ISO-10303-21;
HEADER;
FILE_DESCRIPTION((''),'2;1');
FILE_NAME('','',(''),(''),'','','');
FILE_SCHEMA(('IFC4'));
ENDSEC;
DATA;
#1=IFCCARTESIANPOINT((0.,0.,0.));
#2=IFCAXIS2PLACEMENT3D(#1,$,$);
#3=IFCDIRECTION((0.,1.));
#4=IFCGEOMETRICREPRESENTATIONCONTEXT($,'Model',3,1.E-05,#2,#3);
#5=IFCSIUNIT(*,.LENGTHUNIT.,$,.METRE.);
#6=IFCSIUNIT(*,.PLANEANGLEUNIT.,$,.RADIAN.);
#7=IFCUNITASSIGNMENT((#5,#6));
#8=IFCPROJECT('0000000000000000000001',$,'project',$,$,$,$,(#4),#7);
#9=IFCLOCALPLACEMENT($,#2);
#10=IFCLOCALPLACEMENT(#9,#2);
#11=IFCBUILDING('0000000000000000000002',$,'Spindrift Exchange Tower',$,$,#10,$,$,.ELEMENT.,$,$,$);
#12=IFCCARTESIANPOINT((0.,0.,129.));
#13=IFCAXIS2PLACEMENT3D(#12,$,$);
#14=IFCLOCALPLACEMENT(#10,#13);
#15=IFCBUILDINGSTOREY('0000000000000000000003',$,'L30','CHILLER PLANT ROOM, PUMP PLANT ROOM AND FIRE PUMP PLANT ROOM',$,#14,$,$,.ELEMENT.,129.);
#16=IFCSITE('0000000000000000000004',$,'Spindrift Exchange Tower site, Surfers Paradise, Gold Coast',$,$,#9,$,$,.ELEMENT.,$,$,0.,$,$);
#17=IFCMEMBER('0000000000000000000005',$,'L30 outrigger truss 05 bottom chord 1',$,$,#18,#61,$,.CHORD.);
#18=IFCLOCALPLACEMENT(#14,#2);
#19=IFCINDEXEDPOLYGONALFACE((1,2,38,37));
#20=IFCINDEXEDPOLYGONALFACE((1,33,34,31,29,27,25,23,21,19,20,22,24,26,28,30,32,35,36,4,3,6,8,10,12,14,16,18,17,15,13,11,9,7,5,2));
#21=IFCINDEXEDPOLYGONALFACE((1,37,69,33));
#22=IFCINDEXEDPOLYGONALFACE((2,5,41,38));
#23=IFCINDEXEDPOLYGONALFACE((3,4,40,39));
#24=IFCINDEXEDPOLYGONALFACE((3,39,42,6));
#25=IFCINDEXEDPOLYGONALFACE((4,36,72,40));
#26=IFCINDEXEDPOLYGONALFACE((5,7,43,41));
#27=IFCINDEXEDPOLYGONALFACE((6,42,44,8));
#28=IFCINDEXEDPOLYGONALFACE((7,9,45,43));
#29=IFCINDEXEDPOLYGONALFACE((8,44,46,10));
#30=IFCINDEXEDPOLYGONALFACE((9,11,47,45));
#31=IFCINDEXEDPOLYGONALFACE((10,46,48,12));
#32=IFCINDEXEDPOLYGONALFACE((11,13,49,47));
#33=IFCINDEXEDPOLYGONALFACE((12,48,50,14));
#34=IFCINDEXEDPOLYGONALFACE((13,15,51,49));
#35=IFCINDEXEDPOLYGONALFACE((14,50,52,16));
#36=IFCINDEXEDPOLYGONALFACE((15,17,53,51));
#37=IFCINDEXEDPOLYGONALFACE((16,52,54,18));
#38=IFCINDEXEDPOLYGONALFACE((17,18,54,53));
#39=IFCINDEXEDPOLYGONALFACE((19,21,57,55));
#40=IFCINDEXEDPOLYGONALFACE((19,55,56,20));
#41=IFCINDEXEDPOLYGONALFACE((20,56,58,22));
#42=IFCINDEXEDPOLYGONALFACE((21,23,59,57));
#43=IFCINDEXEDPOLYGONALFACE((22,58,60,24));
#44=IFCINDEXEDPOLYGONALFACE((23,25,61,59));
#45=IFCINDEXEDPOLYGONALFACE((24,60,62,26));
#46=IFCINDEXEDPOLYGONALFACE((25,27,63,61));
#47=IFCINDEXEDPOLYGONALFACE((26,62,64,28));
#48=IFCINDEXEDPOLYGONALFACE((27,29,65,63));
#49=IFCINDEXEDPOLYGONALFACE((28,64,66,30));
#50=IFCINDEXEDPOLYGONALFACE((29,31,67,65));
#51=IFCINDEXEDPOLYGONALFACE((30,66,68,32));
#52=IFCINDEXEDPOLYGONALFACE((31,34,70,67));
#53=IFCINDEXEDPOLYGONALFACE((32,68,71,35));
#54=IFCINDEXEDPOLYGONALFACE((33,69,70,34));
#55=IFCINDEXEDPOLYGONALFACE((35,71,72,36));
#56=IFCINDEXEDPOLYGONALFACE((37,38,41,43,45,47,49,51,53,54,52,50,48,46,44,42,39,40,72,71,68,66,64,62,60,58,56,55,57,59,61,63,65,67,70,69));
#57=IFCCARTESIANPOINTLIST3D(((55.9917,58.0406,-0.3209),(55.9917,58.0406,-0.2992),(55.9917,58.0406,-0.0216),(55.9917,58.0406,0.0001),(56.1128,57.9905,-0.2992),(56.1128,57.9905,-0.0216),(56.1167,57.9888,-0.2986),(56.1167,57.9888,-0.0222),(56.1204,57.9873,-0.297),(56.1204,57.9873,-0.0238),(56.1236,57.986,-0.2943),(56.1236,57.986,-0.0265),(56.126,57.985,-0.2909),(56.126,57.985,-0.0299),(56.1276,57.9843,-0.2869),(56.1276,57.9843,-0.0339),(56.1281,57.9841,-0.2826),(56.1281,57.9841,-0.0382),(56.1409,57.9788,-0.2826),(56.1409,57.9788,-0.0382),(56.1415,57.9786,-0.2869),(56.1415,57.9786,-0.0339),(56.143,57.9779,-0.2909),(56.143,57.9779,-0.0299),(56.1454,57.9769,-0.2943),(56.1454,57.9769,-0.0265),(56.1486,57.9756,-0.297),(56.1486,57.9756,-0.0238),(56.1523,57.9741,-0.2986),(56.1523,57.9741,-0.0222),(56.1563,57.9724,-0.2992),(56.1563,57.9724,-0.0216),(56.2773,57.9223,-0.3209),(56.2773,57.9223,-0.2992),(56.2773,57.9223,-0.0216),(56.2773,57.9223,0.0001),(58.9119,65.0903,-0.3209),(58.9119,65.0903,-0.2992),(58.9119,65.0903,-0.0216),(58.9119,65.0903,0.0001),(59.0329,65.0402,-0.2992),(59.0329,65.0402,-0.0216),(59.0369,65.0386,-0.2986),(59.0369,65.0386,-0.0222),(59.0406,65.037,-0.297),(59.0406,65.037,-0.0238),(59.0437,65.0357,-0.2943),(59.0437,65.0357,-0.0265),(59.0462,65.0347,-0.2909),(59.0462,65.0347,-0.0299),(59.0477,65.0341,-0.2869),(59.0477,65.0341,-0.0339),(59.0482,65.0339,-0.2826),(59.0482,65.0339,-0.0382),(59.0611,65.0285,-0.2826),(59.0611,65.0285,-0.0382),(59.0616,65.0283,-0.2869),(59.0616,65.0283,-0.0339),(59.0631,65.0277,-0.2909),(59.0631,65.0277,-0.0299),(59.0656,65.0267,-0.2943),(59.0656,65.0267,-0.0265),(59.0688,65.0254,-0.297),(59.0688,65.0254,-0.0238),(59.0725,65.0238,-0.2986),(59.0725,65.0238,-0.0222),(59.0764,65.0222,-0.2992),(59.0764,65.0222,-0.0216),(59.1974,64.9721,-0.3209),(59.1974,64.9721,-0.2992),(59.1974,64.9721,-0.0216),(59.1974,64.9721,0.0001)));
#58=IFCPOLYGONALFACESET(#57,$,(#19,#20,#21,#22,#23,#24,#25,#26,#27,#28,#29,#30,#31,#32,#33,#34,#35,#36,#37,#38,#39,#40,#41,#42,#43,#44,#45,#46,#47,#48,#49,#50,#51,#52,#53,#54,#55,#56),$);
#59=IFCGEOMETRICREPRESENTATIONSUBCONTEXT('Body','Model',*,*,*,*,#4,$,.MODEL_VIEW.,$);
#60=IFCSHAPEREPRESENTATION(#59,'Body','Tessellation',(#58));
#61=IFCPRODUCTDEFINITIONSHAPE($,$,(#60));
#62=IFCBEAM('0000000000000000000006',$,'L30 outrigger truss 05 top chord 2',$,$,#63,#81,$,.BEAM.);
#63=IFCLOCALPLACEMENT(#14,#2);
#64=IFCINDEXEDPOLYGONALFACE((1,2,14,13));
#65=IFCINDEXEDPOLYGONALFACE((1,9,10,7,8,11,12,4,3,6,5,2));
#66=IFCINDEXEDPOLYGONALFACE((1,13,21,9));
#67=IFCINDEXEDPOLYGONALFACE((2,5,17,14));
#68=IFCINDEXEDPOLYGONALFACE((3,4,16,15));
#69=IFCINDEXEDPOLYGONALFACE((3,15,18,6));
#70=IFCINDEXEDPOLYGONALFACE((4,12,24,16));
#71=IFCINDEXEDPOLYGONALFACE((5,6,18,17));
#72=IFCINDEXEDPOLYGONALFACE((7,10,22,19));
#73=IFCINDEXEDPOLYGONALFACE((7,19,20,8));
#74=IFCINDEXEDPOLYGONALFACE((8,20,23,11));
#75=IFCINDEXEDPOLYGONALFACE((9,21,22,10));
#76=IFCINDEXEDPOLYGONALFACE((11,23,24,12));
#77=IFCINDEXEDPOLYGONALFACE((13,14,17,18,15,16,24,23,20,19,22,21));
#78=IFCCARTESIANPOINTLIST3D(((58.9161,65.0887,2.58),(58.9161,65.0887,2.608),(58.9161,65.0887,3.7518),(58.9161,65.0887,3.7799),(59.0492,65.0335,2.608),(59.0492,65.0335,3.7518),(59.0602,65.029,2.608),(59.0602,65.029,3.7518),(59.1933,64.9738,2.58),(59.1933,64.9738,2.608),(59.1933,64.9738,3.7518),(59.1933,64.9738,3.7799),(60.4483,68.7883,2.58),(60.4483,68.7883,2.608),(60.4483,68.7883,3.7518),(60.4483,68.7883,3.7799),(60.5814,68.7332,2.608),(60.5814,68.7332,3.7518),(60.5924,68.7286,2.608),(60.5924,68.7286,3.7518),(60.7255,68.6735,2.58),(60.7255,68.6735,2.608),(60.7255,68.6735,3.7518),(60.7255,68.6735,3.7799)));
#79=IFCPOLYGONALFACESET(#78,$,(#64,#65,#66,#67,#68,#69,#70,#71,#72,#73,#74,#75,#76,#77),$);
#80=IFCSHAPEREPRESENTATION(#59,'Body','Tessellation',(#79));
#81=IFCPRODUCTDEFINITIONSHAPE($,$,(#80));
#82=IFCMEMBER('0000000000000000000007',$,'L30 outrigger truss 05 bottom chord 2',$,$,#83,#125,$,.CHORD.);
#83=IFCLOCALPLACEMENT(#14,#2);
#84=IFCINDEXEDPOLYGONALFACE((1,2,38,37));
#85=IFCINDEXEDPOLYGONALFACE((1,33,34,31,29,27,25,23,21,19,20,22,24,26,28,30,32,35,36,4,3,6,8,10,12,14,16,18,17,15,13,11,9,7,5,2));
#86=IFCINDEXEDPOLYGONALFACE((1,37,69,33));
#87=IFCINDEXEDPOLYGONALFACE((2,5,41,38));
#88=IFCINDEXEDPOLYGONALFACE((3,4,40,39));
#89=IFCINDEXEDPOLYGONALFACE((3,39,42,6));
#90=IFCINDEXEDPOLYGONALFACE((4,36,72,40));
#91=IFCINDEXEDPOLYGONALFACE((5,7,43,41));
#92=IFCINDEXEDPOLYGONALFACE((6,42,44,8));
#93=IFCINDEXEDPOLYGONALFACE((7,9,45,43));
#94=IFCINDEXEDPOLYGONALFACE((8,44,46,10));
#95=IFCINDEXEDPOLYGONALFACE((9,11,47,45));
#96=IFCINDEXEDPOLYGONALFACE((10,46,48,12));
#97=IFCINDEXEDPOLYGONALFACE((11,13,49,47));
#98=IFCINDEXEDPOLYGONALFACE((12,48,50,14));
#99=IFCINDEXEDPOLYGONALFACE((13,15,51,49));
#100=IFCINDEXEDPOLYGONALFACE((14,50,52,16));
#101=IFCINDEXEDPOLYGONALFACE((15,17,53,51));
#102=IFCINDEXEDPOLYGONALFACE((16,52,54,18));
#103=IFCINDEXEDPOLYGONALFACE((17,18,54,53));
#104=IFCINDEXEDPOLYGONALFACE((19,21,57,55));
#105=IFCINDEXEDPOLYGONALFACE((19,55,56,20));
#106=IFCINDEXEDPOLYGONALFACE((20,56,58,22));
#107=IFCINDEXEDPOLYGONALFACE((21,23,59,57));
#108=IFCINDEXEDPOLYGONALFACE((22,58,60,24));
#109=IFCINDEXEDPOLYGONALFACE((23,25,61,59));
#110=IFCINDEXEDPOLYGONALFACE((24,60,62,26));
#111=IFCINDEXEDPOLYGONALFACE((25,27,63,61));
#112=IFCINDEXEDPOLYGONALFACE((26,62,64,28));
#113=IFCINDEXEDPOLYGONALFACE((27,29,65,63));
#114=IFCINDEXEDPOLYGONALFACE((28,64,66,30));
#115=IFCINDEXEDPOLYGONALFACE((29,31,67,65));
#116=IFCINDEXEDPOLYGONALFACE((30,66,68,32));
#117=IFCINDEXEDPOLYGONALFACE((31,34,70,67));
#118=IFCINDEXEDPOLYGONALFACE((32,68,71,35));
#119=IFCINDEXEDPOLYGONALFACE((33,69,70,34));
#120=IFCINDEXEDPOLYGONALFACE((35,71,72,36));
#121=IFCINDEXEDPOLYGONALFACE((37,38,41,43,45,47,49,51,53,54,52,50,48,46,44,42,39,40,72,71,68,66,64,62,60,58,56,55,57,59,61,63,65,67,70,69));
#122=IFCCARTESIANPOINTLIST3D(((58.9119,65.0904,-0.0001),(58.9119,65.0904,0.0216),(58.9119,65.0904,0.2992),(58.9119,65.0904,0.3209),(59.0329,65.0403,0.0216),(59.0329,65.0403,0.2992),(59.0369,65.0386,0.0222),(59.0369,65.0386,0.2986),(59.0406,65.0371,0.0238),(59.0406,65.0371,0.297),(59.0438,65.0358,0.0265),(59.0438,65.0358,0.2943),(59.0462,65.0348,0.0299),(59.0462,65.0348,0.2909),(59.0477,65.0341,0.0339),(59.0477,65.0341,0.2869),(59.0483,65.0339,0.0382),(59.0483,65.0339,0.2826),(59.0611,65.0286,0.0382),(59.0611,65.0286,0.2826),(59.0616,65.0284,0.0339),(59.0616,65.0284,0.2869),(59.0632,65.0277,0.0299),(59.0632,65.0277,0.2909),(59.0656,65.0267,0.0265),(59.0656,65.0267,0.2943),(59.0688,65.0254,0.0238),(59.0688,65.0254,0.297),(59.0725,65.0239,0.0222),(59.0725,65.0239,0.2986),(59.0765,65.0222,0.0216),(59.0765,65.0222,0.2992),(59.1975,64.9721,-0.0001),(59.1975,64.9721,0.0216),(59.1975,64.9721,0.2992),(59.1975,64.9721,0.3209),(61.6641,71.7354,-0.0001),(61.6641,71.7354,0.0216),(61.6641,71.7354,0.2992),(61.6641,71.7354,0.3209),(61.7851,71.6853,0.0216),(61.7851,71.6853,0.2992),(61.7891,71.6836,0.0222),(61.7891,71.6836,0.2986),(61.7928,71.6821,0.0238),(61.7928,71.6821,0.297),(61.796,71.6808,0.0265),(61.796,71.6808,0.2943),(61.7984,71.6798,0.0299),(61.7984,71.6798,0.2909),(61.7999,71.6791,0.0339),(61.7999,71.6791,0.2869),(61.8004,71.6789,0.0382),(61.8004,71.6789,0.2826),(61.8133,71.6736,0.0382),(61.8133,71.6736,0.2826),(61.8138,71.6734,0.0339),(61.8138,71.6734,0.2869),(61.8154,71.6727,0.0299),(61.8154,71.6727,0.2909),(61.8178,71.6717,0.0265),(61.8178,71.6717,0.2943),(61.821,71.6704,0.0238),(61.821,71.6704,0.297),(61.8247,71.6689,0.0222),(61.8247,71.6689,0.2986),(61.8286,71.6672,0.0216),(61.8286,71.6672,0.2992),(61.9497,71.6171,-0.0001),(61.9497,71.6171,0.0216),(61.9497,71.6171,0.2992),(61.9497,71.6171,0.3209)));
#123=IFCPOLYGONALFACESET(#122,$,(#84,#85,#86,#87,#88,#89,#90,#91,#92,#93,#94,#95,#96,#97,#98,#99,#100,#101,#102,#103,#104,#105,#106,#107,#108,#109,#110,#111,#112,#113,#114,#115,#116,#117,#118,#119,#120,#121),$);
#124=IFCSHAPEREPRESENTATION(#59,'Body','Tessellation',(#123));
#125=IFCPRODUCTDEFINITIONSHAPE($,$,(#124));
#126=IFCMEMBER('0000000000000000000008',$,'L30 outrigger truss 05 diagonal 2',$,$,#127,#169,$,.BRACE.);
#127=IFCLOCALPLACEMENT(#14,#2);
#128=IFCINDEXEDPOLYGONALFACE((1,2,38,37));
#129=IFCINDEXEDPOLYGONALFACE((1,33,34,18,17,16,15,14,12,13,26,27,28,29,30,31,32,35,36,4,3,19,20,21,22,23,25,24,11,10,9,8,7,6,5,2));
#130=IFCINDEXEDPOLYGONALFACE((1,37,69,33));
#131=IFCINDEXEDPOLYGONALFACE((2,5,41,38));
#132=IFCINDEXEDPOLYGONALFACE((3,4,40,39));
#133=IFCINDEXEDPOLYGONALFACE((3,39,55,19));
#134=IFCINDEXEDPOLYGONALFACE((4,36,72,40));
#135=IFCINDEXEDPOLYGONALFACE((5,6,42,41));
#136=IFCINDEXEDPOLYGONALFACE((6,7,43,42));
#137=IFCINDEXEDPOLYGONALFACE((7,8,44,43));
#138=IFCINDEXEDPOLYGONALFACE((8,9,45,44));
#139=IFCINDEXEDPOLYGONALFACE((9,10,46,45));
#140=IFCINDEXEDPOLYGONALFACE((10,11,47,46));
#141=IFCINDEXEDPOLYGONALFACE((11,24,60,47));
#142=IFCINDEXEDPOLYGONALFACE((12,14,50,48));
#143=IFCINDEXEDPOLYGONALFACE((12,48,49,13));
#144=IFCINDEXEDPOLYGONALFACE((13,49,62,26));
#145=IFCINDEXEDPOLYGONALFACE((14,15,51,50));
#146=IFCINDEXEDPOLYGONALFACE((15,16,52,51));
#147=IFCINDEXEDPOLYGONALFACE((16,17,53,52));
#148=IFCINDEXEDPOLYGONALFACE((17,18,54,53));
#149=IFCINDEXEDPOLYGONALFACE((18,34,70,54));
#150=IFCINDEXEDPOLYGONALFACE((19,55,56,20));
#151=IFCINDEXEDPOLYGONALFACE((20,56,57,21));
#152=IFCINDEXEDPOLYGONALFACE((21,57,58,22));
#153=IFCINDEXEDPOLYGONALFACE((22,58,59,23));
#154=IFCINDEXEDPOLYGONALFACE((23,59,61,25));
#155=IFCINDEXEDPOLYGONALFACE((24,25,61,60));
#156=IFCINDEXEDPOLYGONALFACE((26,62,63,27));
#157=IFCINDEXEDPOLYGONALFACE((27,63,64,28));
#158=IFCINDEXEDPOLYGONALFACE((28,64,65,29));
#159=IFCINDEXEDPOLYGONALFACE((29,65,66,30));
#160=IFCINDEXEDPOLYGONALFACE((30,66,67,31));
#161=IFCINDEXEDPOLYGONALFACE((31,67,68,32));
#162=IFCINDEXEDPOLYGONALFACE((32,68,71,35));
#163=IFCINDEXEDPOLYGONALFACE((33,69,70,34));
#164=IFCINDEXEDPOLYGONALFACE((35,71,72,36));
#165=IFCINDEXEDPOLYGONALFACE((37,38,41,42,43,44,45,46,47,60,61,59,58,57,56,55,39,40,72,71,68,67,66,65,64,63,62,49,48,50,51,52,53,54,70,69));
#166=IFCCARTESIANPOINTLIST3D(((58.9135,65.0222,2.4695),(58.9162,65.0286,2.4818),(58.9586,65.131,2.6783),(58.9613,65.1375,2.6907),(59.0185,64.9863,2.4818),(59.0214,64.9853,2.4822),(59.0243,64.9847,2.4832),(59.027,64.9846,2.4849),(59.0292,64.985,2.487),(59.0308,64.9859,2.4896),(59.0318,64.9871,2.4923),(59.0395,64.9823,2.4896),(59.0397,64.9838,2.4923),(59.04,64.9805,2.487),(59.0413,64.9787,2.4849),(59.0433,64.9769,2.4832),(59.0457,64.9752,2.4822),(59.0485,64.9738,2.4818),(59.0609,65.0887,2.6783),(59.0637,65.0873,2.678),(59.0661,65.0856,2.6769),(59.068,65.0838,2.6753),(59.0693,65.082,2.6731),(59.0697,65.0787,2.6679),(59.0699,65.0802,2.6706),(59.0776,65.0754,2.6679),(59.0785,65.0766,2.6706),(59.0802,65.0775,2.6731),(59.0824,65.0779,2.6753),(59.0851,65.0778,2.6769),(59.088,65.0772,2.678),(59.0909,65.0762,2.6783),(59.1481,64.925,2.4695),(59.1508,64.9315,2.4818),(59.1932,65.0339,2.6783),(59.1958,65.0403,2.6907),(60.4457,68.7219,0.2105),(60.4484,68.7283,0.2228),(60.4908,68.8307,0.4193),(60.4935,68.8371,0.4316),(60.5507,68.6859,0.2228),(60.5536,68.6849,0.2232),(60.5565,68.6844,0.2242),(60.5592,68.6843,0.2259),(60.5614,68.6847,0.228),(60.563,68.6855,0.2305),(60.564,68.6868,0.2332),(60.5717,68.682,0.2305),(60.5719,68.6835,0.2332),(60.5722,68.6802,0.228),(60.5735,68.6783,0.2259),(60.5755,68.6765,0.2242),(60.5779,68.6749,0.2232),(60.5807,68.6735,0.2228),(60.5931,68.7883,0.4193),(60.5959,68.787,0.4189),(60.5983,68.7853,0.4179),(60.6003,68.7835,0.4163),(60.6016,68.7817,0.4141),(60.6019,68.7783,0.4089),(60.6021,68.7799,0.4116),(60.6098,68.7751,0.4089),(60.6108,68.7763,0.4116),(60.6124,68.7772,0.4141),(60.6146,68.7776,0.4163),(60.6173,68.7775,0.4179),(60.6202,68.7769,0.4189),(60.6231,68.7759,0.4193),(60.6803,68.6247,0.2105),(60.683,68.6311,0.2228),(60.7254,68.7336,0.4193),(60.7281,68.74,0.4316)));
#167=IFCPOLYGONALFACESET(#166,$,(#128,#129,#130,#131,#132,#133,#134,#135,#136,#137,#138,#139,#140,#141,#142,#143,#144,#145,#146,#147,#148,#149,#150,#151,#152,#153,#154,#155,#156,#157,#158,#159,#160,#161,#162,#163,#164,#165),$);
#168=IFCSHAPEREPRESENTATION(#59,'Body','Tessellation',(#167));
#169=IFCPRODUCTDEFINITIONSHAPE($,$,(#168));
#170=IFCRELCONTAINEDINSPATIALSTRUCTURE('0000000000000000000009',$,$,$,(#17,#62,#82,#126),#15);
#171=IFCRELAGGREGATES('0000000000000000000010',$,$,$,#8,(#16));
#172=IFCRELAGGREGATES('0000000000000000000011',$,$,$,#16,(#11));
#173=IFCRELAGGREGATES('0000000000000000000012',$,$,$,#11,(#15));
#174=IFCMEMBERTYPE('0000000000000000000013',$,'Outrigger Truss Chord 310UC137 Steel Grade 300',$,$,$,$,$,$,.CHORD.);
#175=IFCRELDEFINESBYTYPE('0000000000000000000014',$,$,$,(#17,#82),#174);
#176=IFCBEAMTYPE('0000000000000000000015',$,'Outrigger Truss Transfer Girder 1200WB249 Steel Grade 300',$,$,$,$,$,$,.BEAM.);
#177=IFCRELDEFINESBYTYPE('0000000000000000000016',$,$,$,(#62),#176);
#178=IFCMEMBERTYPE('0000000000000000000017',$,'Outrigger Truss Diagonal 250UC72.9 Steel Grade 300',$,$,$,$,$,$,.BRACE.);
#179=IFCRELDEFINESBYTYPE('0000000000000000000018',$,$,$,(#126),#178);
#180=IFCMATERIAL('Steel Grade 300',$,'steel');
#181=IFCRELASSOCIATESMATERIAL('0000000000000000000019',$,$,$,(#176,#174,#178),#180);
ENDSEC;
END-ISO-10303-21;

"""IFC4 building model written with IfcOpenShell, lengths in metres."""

from ifc_helpers import new_model, si_unit, direction, frame, origin, origin_2d, place, context, subcontext, project, spatial, i_section, extrude, source, transform, mapped, material, material_profile, profile_set, type_object, element, save


model = new_model("IFC4")

# Units and contexts
model_context = context("Model", 3, precision=1e-05, world=origin(), true_north=direction((0.0, 1.0)))
body_context = subcontext(model_context, "Body", "Model", "MODEL_VIEW")
ifc_project = project(units=[si_unit("LENGTHUNIT", "METRE"), si_unit("PLANEANGLEUNIT", "RADIAN")], contexts=[model_context])

# Site, building, storey
site_placement = place(None, origin())
site = spatial("IfcSite", under=ifc_project, at=site_placement, Name="Spindrift Exchange Tower site, Surfers Paradise, Gold Coast", CompositionType="ELEMENT", RefElevation=0.0)
building_placement = place(site_placement, origin())
building = spatial("IfcBuilding", under=site, at=building_placement, Name="Spindrift Exchange Tower", CompositionType="ELEMENT")
storey_placement = place(building_placement, frame((0.0, 0.0, 129.0)))
storey = spatial("IfcBuildingStorey", under=building, at=storey_placement, Name="L30", Description="CHILLER PLANT ROOM, PUMP PLANT ROOM AND FIRE PUMP PLANT ROOM", CompositionType="ELEMENT", Elevation=129.0)

# Shared definitions
ifc_material_1 = material(Name="Steel Grade 300", Category="steel")
ifc_material_profile_1 = material_profile(ifc_material_1, i_section(OverallWidth=0.3, OverallDepth=1.2, WebThickness=0.012, FlangeThickness=0.0281, at=origin_2d()), Name="1200WB249")
ifc_profile_set_1 = profile_set([ifc_material_profile_1], Name="Steel Grade 300")
beam_type = type_object("IfcBeamType", Name="Outrigger Truss Transfer Girder 1200WB249 Steel Grade 300", PredefinedType="BEAM", material=ifc_profile_set_1)

# Member
ifc_material_profile_2 = material_profile(ifc_material_1, i_section(OverallWidth=0.3091, OverallDepth=0.321, WebThickness=0.0139, FlangeThickness=0.0217, FilletRadius=0.0166, at=origin_2d()), Name="310UC137")
ifc_profile_set_2 = profile_set([ifc_material_profile_2], Name="Steel Grade 300")
member_type_1 = type_object("IfcMemberType", Name="Outrigger Truss Chord 310UC137 Steel Grade 300", PredefinedType="CHORD", material=ifc_profile_set_2)
shared_shape_1 = source(origin(), body_context, "Body", "SweptSolid", [
    extrude(i_section(OverallWidth=0.3091, OverallDepth=0.321, WebThickness=0.0139, FlangeThickness=0.0217, FilletRadius=0.0166, at=origin_2d()), origin(), (0.0, 0.0, 1.0), 7.6306),
])
member_1_placement = place(storey_placement, frame((56.1345, 57.9814, -0.1604), z_axis=(0.382688, 0.923878, 0.0), x_axis=(-0.923878, 0.382688, 0.0)))
element("IfcMember", 1, at=member_1_placement, inside=storey, type_object=member_type_1, Name="L30 outrigger truss 05 bottom chord 1", PredefinedType="CHORD", context=body_context, shape_type="MappedRepresentation", body=[
    mapped(shared_shape_1, transform((0.0, 0.0, 0.0), scale=1.0)),
])

# Beam
shared_shape_2 = source(origin(), body_context, "Body", "SweptSolid", [
    extrude(i_section(OverallWidth=0.3, OverallDepth=1.2, WebThickness=0.012, FlangeThickness=0.0281, at=origin_2d()), origin(), (0.0, 0.0, 1.0), 4.0044),
])
beam_1_placement = place(storey_placement, frame((59.0547, 65.0312, 3.1799), z_axis=(0.382632, 0.923901, 0.0), x_axis=(-0.923901, 0.382632, 0.0)))
element("IfcBeam", 2, at=beam_1_placement, inside=storey, type_object=beam_type, Name="L30 outrigger truss 05 top chord 2", PredefinedType="BEAM", context=body_context, shape_type="MappedRepresentation", body=[
    mapped(shared_shape_2, transform((0.0, 0.0, 0.0), scale=1.0)),
])

# Members
shared_shape_3 = source(origin(), body_context, "Body", "SweptSolid", [
    extrude(i_section(OverallWidth=0.3091, OverallDepth=0.321, WebThickness=0.0139, FlangeThickness=0.0217, FilletRadius=0.0166, at=origin_2d()), origin(), (0.0, 0.0, 1.0), 7.1924),
])
member_2_placement = place(storey_placement, frame((59.0547, 65.0312, 0.1604), z_axis=(0.382653, 0.923892, 0.0), x_axis=(-0.923892, 0.382653, 0.0)))
element("IfcMember", 3, at=member_2_placement, inside=storey, type_object=member_type_1, Name="L30 outrigger truss 05 bottom chord 2", PredefinedType="CHORD", context=body_context, shape_type="MappedRepresentation", body=[
    mapped(shared_shape_3, transform((0.0, 0.0, 0.0), scale=1.0)),
])
ifc_material_profile_3 = material_profile(ifc_material_1, i_section(OverallWidth=0.2539, OverallDepth=0.2539, WebThickness=0.0085, FlangeThickness=0.0142, FilletRadius=0.012, at=origin_2d()), Name="250UC72.9")
ifc_profile_set_3 = profile_set([ifc_material_profile_3], Name="Steel Grade 300")
member_type_2 = type_object("IfcMemberType", Name="Outrigger Truss Diagonal 250UC72.9 Steel Grade 300", PredefinedType="BRACE", material=ifc_profile_set_3)
shared_shape_4 = source(origin(), body_context, "Body", "SweptSolid", [
    extrude(i_section(OverallWidth=0.2539, OverallDepth=0.2539, WebThickness=0.0085, FlangeThickness=0.0142, FilletRadius=0.012, at=origin_2d()), origin(), (0.0, 0.0, 1.0), 4.5977),
])
member_3_placement = place(storey_placement, frame((59.0547, 65.0312, 2.5801), z_axis=(0.33326, 0.804688, -0.491341), x_axis=(-0.923901, 0.382632, 0.0)))
element("IfcMember", 4, at=member_3_placement, inside=storey, type_object=member_type_2, Name="L30 outrigger truss 05 diagonal 2", PredefinedType="BRACE", context=body_context, shape_type="MappedRepresentation", body=[
    mapped(shared_shape_4, transform((0.0, 0.0, 0.0), scale=1.0)),
])

save(model, "model.ifc")
